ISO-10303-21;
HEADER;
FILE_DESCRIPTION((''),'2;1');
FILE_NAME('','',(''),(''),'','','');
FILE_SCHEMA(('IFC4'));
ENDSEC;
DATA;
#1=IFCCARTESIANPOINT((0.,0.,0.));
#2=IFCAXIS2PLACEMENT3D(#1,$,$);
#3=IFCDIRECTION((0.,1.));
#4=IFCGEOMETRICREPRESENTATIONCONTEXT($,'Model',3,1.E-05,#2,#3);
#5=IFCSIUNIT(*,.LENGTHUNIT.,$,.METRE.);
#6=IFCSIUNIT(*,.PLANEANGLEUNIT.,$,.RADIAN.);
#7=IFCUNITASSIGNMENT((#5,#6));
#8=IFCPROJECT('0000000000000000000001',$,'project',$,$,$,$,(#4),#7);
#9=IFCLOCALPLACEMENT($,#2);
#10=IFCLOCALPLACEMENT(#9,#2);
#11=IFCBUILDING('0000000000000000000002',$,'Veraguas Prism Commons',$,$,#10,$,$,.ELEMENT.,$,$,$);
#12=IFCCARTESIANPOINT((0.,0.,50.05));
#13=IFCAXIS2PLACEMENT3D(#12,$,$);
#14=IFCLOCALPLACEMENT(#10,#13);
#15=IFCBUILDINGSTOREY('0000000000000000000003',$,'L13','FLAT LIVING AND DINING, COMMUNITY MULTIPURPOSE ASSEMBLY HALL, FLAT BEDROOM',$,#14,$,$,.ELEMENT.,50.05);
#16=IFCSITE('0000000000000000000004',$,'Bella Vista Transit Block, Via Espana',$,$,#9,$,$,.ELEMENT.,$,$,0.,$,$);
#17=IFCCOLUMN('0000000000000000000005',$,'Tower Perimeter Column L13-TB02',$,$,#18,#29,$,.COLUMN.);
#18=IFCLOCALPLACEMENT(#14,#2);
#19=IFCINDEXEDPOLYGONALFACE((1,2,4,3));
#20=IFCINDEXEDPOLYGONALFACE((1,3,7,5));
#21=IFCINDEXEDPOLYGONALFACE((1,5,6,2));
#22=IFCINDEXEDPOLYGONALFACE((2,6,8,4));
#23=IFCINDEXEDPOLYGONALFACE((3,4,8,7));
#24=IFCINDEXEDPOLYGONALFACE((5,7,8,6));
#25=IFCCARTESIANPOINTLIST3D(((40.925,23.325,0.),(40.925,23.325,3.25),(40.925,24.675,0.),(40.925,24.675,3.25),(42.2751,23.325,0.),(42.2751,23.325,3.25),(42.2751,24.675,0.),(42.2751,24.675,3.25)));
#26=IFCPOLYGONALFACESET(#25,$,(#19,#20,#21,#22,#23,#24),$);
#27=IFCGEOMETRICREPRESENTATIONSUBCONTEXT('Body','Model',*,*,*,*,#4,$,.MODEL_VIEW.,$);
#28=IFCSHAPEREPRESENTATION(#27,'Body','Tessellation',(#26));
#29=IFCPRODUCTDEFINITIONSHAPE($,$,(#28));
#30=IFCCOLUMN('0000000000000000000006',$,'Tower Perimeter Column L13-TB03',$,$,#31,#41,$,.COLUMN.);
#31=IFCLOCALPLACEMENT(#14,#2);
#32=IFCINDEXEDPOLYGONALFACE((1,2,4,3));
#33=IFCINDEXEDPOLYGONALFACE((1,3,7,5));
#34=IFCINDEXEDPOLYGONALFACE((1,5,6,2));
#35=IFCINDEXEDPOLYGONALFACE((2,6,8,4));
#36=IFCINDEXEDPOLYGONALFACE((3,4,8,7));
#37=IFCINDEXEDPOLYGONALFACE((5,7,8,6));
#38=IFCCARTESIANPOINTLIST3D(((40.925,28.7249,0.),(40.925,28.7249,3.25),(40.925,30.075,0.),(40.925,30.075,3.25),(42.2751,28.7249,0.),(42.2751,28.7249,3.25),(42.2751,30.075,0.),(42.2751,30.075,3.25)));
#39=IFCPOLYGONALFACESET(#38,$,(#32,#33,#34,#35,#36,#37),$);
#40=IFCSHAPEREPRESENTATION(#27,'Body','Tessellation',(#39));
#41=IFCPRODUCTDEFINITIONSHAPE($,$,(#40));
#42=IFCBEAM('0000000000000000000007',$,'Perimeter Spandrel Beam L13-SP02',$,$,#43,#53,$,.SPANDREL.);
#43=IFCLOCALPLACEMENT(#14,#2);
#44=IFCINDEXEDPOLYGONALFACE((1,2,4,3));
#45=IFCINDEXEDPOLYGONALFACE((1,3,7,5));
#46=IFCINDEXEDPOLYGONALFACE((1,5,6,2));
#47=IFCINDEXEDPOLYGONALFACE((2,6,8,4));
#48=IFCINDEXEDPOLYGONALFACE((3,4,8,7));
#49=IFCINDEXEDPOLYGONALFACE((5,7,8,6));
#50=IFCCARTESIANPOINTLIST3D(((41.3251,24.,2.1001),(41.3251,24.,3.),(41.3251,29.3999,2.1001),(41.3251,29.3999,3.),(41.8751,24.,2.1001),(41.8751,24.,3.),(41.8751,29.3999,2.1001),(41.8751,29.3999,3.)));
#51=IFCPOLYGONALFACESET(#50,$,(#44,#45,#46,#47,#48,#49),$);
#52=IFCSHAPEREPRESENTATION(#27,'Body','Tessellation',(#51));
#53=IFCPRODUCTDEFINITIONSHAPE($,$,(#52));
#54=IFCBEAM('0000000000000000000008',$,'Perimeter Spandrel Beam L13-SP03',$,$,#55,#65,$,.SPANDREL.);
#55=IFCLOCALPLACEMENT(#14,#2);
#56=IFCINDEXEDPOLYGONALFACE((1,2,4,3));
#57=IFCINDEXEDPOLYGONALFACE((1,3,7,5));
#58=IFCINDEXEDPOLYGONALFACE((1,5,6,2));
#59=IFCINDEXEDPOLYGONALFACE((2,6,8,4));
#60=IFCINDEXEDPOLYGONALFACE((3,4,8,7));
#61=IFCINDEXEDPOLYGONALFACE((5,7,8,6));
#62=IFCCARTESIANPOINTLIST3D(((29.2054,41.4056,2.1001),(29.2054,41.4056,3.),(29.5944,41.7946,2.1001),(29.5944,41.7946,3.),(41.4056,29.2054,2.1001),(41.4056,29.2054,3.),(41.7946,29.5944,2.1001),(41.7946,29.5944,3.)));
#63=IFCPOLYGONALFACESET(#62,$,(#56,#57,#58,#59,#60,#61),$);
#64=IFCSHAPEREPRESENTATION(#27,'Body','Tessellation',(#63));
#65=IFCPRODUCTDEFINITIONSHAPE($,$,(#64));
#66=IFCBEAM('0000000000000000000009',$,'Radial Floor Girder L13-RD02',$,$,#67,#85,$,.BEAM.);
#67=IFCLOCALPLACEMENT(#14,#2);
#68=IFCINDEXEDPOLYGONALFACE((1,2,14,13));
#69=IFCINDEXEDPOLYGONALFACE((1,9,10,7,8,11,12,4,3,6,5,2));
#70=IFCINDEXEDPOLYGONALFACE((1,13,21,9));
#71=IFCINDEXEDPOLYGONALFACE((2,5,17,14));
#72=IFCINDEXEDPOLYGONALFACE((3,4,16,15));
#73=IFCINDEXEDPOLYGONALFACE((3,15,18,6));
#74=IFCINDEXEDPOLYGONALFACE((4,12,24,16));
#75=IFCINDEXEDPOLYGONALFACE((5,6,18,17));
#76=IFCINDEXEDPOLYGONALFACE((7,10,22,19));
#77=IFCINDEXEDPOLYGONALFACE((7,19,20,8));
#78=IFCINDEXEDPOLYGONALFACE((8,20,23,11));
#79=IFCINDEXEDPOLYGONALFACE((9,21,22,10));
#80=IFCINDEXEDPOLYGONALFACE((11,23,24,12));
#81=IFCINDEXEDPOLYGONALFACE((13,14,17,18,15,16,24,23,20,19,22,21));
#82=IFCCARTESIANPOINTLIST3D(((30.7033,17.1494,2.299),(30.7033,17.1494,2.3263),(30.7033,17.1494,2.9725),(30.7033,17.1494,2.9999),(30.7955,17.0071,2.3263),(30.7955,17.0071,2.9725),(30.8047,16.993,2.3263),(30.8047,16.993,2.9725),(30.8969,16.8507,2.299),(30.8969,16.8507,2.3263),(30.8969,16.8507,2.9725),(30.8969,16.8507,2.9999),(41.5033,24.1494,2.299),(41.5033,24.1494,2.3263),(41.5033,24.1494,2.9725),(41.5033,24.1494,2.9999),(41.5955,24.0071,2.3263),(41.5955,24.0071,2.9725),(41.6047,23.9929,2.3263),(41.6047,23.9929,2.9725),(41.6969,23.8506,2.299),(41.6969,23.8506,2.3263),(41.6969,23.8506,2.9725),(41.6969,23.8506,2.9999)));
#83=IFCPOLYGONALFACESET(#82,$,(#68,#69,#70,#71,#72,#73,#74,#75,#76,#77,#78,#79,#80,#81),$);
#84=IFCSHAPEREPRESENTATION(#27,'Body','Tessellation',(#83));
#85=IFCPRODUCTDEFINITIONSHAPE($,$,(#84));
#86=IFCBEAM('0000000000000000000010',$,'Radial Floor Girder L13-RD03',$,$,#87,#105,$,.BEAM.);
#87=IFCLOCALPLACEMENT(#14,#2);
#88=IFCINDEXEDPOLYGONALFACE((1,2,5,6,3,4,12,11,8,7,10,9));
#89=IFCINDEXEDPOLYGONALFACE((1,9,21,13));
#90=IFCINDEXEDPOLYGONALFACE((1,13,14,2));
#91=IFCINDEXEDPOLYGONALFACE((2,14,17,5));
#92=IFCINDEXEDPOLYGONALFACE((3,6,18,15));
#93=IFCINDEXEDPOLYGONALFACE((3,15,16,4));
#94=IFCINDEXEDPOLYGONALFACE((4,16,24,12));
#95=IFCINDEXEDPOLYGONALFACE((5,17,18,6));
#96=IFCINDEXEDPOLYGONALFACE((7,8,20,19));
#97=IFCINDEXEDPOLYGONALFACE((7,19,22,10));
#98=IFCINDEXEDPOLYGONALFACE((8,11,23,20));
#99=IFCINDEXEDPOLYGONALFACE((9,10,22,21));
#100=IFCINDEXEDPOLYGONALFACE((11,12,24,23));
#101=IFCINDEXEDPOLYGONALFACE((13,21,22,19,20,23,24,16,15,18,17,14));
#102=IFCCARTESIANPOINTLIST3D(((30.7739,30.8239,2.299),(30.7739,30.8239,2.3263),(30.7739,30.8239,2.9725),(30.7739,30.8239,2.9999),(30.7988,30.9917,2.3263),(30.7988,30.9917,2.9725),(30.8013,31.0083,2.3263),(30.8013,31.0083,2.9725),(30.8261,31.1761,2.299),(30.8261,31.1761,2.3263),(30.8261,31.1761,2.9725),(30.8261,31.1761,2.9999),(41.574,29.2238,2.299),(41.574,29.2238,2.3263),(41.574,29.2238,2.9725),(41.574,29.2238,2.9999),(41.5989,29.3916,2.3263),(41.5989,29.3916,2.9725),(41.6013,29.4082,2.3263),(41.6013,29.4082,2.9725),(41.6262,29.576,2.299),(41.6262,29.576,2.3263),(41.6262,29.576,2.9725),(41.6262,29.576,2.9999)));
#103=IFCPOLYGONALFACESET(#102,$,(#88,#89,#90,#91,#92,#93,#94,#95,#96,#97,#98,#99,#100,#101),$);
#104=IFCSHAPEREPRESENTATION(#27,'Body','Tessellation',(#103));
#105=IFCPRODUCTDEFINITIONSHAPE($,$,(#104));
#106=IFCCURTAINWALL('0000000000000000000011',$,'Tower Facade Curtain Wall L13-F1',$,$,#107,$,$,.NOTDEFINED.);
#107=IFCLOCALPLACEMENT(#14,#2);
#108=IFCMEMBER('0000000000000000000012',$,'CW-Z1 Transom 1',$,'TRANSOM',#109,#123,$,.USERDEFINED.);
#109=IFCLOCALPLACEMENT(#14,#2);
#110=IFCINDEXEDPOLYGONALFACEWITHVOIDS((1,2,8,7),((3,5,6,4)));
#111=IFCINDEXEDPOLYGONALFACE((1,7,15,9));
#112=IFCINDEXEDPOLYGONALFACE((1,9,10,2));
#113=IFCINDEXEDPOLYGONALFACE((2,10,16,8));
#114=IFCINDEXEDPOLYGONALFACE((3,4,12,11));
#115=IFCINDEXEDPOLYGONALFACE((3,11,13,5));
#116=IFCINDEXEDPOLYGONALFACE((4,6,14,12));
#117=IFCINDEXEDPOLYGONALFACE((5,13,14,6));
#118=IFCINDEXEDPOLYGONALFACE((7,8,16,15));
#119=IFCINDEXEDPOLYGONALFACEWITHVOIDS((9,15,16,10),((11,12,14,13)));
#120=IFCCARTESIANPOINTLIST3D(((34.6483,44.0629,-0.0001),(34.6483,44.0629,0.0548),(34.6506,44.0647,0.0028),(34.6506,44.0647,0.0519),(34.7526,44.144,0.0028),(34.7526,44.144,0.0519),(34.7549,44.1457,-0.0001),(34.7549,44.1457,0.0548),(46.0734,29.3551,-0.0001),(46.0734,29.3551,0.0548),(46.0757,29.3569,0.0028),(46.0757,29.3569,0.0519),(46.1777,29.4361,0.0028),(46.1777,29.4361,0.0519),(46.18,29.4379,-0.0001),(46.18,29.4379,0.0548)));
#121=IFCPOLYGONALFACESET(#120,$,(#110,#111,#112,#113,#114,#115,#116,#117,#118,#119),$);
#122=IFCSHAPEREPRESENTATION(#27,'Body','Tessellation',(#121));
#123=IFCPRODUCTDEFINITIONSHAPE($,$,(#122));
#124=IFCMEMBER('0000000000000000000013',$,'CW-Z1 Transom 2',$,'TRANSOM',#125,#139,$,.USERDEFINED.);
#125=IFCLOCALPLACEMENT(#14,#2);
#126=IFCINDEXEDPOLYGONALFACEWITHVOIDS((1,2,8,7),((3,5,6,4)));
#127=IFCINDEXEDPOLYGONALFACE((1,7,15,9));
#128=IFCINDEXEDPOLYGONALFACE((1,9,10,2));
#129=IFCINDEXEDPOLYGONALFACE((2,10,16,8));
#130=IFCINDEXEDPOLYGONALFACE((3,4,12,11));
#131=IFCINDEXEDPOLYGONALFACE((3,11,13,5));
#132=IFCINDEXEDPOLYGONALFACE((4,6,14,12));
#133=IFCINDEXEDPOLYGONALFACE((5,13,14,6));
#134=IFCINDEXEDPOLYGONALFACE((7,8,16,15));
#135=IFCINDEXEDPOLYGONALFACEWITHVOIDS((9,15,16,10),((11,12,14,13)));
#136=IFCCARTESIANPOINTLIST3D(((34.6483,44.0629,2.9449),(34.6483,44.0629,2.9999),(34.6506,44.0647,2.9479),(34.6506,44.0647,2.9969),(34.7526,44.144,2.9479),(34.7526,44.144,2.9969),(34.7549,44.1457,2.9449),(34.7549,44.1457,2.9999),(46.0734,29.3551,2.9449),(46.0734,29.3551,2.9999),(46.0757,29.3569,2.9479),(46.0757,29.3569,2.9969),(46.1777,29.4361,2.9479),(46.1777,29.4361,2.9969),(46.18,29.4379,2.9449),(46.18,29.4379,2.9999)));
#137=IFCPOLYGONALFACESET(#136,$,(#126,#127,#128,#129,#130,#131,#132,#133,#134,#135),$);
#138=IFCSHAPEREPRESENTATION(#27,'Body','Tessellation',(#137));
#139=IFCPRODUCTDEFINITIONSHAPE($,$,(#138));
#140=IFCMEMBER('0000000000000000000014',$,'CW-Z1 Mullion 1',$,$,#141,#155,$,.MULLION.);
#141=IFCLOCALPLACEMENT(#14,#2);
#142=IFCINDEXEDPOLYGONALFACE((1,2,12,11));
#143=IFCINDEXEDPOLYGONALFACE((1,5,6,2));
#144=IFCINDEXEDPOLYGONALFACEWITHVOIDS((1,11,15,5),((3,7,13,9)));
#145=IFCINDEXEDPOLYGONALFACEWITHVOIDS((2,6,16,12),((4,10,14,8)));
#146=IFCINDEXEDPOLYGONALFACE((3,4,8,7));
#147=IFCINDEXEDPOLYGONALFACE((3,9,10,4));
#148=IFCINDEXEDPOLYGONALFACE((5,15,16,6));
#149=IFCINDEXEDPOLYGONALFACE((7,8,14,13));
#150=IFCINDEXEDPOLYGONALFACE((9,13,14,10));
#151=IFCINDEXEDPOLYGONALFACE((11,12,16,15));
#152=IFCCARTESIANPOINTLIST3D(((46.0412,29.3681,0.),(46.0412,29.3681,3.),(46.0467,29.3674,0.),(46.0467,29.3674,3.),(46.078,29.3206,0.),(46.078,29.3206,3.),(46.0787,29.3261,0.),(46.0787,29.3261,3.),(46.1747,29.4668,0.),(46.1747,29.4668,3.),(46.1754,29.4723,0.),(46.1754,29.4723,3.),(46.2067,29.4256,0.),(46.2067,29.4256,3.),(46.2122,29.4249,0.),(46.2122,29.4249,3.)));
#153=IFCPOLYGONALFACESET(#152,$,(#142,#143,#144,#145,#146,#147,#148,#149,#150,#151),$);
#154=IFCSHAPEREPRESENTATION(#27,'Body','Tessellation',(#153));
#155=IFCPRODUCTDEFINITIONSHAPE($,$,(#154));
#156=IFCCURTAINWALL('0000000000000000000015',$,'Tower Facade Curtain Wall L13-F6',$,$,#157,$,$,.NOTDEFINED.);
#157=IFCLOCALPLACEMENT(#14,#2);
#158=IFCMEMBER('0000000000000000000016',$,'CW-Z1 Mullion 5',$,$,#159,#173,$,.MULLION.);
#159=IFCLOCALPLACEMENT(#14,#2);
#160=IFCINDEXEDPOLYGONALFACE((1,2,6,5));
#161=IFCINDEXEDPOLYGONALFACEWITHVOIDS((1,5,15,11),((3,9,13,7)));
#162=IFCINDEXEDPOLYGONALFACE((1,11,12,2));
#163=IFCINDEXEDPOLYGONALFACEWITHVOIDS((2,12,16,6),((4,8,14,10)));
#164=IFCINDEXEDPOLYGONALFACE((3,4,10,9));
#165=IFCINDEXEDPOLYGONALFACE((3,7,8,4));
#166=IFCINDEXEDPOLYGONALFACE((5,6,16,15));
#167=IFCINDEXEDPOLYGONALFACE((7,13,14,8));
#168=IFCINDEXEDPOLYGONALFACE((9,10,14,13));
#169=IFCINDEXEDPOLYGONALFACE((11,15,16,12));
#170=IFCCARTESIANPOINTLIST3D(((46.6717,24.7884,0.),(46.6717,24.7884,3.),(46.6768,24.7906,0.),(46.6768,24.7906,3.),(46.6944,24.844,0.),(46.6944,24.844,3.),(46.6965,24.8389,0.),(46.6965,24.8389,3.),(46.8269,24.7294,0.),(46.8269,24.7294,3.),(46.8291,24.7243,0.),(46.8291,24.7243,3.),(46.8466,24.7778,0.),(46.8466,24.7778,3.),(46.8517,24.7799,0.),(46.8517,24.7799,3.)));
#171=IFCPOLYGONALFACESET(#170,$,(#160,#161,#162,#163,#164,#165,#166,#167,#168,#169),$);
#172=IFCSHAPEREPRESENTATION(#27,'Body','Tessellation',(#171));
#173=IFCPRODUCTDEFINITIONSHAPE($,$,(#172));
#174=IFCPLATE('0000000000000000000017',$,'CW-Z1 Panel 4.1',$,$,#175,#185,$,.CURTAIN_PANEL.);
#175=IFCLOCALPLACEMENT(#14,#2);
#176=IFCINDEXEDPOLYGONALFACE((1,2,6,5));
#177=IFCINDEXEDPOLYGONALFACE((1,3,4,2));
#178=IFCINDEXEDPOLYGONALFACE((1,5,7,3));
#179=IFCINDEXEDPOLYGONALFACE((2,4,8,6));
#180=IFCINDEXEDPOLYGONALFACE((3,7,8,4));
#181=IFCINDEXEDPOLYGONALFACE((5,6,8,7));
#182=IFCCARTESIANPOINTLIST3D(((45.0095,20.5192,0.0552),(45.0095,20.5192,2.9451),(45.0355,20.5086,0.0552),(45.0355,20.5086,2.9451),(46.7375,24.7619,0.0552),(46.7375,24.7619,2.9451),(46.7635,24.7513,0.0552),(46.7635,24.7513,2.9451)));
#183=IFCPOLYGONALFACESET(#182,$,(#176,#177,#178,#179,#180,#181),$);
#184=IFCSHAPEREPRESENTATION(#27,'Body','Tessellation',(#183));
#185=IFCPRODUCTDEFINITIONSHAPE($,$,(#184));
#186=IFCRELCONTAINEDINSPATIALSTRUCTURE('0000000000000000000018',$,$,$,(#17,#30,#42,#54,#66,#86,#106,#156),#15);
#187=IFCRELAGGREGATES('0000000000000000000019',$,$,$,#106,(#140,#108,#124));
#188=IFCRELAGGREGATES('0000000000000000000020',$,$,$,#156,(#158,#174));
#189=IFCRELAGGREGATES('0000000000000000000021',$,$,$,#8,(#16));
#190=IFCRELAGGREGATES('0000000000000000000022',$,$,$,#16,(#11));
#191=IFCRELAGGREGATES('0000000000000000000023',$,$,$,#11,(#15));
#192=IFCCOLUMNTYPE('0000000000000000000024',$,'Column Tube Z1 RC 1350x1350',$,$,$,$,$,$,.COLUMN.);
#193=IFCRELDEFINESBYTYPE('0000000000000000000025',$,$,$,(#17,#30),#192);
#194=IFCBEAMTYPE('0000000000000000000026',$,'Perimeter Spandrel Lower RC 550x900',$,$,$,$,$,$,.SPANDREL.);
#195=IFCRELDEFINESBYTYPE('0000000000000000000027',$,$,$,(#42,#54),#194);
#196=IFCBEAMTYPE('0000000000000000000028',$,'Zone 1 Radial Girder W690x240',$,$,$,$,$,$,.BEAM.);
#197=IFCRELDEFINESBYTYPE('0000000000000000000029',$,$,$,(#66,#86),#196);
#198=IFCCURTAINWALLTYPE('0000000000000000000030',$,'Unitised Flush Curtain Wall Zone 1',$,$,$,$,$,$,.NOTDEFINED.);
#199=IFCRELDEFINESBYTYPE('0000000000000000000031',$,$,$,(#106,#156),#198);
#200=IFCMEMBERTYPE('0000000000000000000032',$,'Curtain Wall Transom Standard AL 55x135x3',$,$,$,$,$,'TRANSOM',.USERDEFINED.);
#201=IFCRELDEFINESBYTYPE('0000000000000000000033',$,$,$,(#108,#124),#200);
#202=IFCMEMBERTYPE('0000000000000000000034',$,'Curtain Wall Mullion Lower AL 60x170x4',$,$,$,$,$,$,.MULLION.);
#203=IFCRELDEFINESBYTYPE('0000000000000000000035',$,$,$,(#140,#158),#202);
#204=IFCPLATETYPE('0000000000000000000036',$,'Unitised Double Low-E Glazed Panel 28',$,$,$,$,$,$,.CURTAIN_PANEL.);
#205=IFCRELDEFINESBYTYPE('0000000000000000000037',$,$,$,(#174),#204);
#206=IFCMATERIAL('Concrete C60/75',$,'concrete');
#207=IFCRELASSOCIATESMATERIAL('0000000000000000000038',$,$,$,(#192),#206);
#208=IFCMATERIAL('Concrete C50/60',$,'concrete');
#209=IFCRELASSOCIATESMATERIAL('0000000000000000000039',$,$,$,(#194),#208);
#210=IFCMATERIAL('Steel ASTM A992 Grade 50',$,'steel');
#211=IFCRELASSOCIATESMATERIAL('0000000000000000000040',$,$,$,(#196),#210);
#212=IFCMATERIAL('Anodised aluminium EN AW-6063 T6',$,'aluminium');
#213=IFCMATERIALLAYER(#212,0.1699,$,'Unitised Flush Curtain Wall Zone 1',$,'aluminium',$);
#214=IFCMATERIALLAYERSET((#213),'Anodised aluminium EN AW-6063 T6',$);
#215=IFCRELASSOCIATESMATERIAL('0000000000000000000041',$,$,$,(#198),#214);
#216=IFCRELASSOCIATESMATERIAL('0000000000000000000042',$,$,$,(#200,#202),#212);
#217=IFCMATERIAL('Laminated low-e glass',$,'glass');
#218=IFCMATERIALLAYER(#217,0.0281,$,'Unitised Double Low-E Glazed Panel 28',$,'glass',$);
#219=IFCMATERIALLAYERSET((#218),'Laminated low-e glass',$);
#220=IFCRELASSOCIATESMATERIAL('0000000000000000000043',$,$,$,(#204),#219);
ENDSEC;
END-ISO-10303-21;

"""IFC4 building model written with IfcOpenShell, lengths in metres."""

from ifc_helpers import new_model, si_unit, direction, frame, origin, origin_2d, place, context, subcontext, project, spatial, rectangle, hollow_rectangle, i_section, extrude, source, transform, mapped, material, layer, layer_set, material_profile, profile_set, type_object, element, aggregate, save


model = new_model("IFC4")

# Units and contexts
model_context = context("Model", 3, precision=1e-05, world=origin(), true_north=direction((0.0, 1.0)))
body_context = subcontext(model_context, "Body", "Model", "MODEL_VIEW")
ifc_project = project(units=[si_unit("LENGTHUNIT", "METRE"), si_unit("PLANEANGLEUNIT", "RADIAN")], contexts=[model_context])

# Site, building, storey
site_placement = place(None, origin())
site = spatial("IfcSite", under=ifc_project, at=site_placement, Name="Bella Vista Transit Block, Via Espana", CompositionType="ELEMENT", RefElevation=0.0)
building_placement = place(site_placement, origin())
building = spatial("IfcBuilding", under=site, at=building_placement, Name="Veraguas Prism Commons", CompositionType="ELEMENT")
storey_placement = place(building_placement, frame((0.0, 0.0, 50.05)))
storey = spatial("IfcBuildingStorey", under=building, at=storey_placement, Name="L13", Description="FLAT LIVING AND DINING, COMMUNITY MULTIPURPOSE ASSEMBLY HALL, FLAT BEDROOM", CompositionType="ELEMENT", Elevation=50.05)

# Columns
ifc_material_1 = material(Name="Concrete C60/75", Category="concrete")
ifc_material_profile_1 = material_profile(ifc_material_1, rectangle(XDim=1.3501, YDim=1.3501, at=origin_2d()), Name="RC1350X1350")
ifc_profile_set_1 = profile_set([ifc_material_profile_1], Name="Concrete C60/75")
column_type = type_object("IfcColumnType", Name="Column Tube Z1 RC 1350x1350", PredefinedType="COLUMN", material=ifc_profile_set_1)
for number, where, z_axis, x_axis, name in (
    (1, (41.6001, 24.0, 0.0), (0.0, 0.0, 1.0), (1.0, 0.0, 0.0), "Tower Perimeter Column L13-TB02"),
    (2, (41.6001, 29.3999, 0.0), (0.0, 0.0, 1.0), (1.0, 0.0, 0.0), "Tower Perimeter Column L13-TB03"),
):
    element("IfcColumn", number, at=place(storey_placement, frame(where, z_axis=z_axis, x_axis=x_axis)), inside=storey, type_object=column_type, Name=name, PredefinedType="COLUMN", context=body_context, shape_type="SweptSolid", body=[
        extrude(rectangle(XDim=1.3501, YDim=1.3501, at=origin_2d()), origin(), (0.0, 0.0, 1.0), 3.25),
    ])

# Beams
ifc_material_2 = material(Name="Concrete C50/60", Category="concrete")
ifc_material_profile_2 = material_profile(ifc_material_2, rectangle(XDim=0.55, YDim=0.8999, at=origin_2d()), Name="RC550X900")
ifc_profile_set_2 = profile_set([ifc_material_profile_2], Name="Concrete C50/60")
beam_type_1 = type_object("IfcBeamType", Name="Perimeter Spandrel Lower RC 550x900", PredefinedType="SPANDREL", material=ifc_profile_set_2)
beam_1_placement = place(storey_placement, frame((41.6001, 24.0, 2.55), z_axis=(0.0, 1.0, 0.0), x_axis=(-1.0, 0.0, 0.0)))
element("IfcBeam", 3, at=beam_1_placement, inside=storey, type_object=beam_type_1, Name="Perimeter Spandrel Beam L13-SP02", PredefinedType="SPANDREL", context=body_context, shape_type="SweptSolid", body=[
    extrude(rectangle(XDim=0.55, YDim=0.8999, at=origin_2d()), origin(), (0.0, 0.0, 1.0), 5.3999),
])
beam_2_placement = place(storey_placement, frame((41.6001, 29.3999, 2.55), z_axis=(-0.707107, 0.707107, 0.0), x_axis=(-0.707107, -0.707107, 0.0)))
element("IfcBeam", 4, at=beam_2_placement, inside=storey, type_object=beam_type_1, Name="Perimeter Spandrel Beam L13-SP03", PredefinedType="SPANDREL", context=body_context, shape_type="SweptSolid", body=[
    extrude(rectangle(XDim=0.55, YDim=0.8999, at=origin_2d()), origin(), (0.0, 0.0, 1.0), 17.2537),
])
ifc_material_3 = material(Name="Steel ASTM A992 Grade 50", Category="steel")
ifc_material_profile_3 = material_profile(ifc_material_3, i_section(OverallWidth=0.356, OverallDepth=0.7009, WebThickness=0.0168, FlangeThickness=0.0273, at=origin_2d()), Name="W690X240")
ifc_profile_set_3 = profile_set([ifc_material_profile_3], Name="Steel ASTM A992 Grade 50")
beam_type_2 = type_object("IfcBeamType", Name="Zone 1 Radial Girder W690x240", PredefinedType="BEAM", material=ifc_profile_set_3)
beam_3_placement = place(storey_placement, frame((41.6001, 24.0, 2.6494), z_axis=(-0.839154, -0.543894, 0.0), x_axis=(0.543894, -0.839154, 0.0)))
element("IfcBeam", 5, at=beam_3_placement, inside=storey, type_object=beam_type_2, Name="Radial Floor Girder L13-RD02", PredefinedType="BEAM", context=body_context, shape_type="SweptSolid", body=[
    extrude(i_section(OverallWidth=0.356, OverallDepth=0.7009, WebThickness=0.0168, FlangeThickness=0.0273, at=origin_2d()), origin(), (0.0, 0.0, 1.0), 12.8701),
])
beam_4_placement = place(storey_placement, frame((41.6001, 29.3999, 2.6494), z_axis=(-0.989202, 0.146557, 0.0), x_axis=(-0.146557, -0.989202, 0.0)))
element("IfcBeam", 6, at=beam_4_placement, inside=storey, type_object=beam_type_2, Name="Radial Floor Girder L13-RD03", PredefinedType="BEAM", context=body_context, shape_type="SweptSolid", body=[
    extrude(i_section(OverallWidth=0.356, OverallDepth=0.7009, WebThickness=0.0168, FlangeThickness=0.0273, at=origin_2d()), origin(), (0.0, 0.0, 1.0), 10.918),
])

# Curtain wall, members
ifc_material_4 = material(Name="Anodised aluminium EN AW-6063 T6", Category="aluminium")
ifc_layer_1 = layer(ifc_material_4, 0.1699, Name="Unitised Flush Curtain Wall Zone 1", Category="aluminium")
ifc_layer_set_1 = layer_set([ifc_layer_1], Name="Anodised aluminium EN AW-6063 T6")
curtain_wall_type = type_object("IfcCurtainWallType", Name="Unitised Flush Curtain Wall Zone 1", PredefinedType="NOTDEFINED", material=ifc_layer_set_1)
curtain_wall_1_placement = place(storey_placement, origin())
curtain_wall_1 = element("IfcCurtainWall", 7, at=curtain_wall_1_placement, inside=storey, type_object=curtain_wall_type, Name="Tower Facade Curtain Wall L13-F1", PredefinedType="NOTDEFINED")
ifc_material_profile_4 = material_profile(ifc_material_4, hollow_rectangle(XDim=0.0549, YDim=0.135, WallThickness=0.0029, at=origin_2d()), Name="AL55X135X3")
ifc_profile_set_4 = profile_set([ifc_material_profile_4], Name="Anodised aluminium EN AW-6063 T6")
member_type_1 = type_object("IfcMemberType", Name="Curtain Wall Transom Standard AL 55x135x3", ElementType="TRANSOM", PredefinedType="USERDEFINED", material=ifc_profile_set_4)
shared_shape_1 = source(origin(), body_context, "Body", "SweptSolid", [
    extrude(hollow_rectangle(XDim=0.0549, YDim=0.135, WallThickness=0.0029, at=origin_2d()), origin(), (0.0, 0.0, 1.0), 18.624),
])
member_1_placement = place(storey_placement, frame((46.1267, 29.3965, 0.0273), z_axis=(-0.613461, 0.789725, 0.0), x_axis=(0.0, 0.0, 1.0)))
member_1 = element("IfcMember", 8, at=member_1_placement, type_object=member_type_1, Name="CW-Z1 Transom 1", ObjectType="TRANSOM", PredefinedType="USERDEFINED", context=body_context, shape_type="MappedRepresentation", body=[
    mapped(shared_shape_1, transform((0.0, 0.0, 0.0), scale=1.0)),
])
member_2_placement = place(storey_placement, frame((46.1267, 29.3965, 2.9724), z_axis=(-0.613461, 0.789725, 0.0), x_axis=(0.0, 0.0, 1.0)))
member_2 = element("IfcMember", 9, at=member_2_placement, type_object=member_type_1, Name="CW-Z1 Transom 2", ObjectType="TRANSOM", PredefinedType="USERDEFINED", context=body_context, shape_type="MappedRepresentation", body=[
    mapped(shared_shape_1, transform((0.0, 0.0, 0.0), scale=1.0)),
])
ifc_material_profile_5 = material_profile(ifc_material_4, hollow_rectangle(XDim=0.0601, YDim=0.1699, WallThickness=0.0039, at=origin_2d()), Name="AL60X170X4")
ifc_profile_set_5 = profile_set([ifc_material_profile_5], Name="Anodised aluminium EN AW-6063 T6")
member_type_2 = type_object("IfcMemberType", Name="Curtain Wall Mullion Lower AL 60x170x4", PredefinedType="MULLION", material=ifc_profile_set_5)
shared_shape_2 = source(origin(), body_context, "Body", "SweptSolid", [
    extrude(hollow_rectangle(XDim=0.0601, YDim=0.1699, WallThickness=0.0039, at=origin_2d()), origin(), (0.0, 0.0, 1.0), 3.0),
])
member_3_placement = place(storey_placement, frame((46.1267, 29.3965, 0.0), z_axis=(0.0, 0.0, 1.0), x_axis=(-0.613461, 0.789725, 0.0)))
member_3 = element("IfcMember", 10, at=member_3_placement, type_object=member_type_2, Name="CW-Z1 Mullion 1", PredefinedType="MULLION", context=body_context, shape_type="MappedRepresentation", body=[
    mapped(shared_shape_2, transform((0.0, 0.0, 0.0), scale=1.0)),
])
aggregate(curtain_wall_1, [member_3, member_1, member_2])

# Curtain wall, member, plate
curtain_wall_2_placement = place(storey_placement, origin())
curtain_wall_2 = element("IfcCurtainWall", 11, at=curtain_wall_2_placement, inside=storey, type_object=curtain_wall_type, Name="Tower Facade Curtain Wall L13-F6", PredefinedType="NOTDEFINED")
member_4_placement = place(storey_placement, frame((46.7617, 24.7842, 0.0), z_axis=(0.0, 0.0, 1.0), x_axis=(0.377198, 0.926133, 0.0)))
member_4 = element("IfcMember", 12, at=member_4_placement, type_object=member_type_2, Name="CW-Z1 Mullion 5", PredefinedType="MULLION", context=body_context, shape_type="MappedRepresentation", body=[
    mapped(shared_shape_2, transform((0.0, 0.0, 0.0), scale=1.0)),
])
ifc_material_5 = material(Name="Laminated low-e glass", Category="glass")
ifc_layer_2 = layer(ifc_material_5, 0.0281, Name="Unitised Double Low-E Glazed Panel 28", Category="glass")
ifc_layer_set_2 = layer_set([ifc_layer_2], Name="Laminated low-e glass")
plate_type = type_object("IfcPlateType", Name="Unitised Double Low-E Glazed Panel 28", PredefinedType="CURTAIN_PANEL", material=ifc_layer_set_2)
shared_shape_3 = source(origin(), body_context, "Body", "SweptSolid", [
    extrude(rectangle(XDim=4.5811, YDim=0.0281, at=origin_2d()), origin(), (0.0, 0.0, 1.0), 2.8899),
])
plate_placement = place(storey_placement, frame((45.8865, 22.6353, 0.0552), z_axis=(0.0, 0.0, 1.0), x_axis=(0.377198, 0.926133, 0.0)))
plate = element("IfcPlate", 13, at=plate_placement, type_object=plate_type, Name="CW-Z1 Panel 4.1", PredefinedType="CURTAIN_PANEL", context=body_context, shape_type="MappedRepresentation", body=[
    mapped(shared_shape_3, transform((0.0, 0.0, 0.0), scale=1.0)),
])
aggregate(curtain_wall_2, [member_4, plate])

save(model, "model.ifc")
